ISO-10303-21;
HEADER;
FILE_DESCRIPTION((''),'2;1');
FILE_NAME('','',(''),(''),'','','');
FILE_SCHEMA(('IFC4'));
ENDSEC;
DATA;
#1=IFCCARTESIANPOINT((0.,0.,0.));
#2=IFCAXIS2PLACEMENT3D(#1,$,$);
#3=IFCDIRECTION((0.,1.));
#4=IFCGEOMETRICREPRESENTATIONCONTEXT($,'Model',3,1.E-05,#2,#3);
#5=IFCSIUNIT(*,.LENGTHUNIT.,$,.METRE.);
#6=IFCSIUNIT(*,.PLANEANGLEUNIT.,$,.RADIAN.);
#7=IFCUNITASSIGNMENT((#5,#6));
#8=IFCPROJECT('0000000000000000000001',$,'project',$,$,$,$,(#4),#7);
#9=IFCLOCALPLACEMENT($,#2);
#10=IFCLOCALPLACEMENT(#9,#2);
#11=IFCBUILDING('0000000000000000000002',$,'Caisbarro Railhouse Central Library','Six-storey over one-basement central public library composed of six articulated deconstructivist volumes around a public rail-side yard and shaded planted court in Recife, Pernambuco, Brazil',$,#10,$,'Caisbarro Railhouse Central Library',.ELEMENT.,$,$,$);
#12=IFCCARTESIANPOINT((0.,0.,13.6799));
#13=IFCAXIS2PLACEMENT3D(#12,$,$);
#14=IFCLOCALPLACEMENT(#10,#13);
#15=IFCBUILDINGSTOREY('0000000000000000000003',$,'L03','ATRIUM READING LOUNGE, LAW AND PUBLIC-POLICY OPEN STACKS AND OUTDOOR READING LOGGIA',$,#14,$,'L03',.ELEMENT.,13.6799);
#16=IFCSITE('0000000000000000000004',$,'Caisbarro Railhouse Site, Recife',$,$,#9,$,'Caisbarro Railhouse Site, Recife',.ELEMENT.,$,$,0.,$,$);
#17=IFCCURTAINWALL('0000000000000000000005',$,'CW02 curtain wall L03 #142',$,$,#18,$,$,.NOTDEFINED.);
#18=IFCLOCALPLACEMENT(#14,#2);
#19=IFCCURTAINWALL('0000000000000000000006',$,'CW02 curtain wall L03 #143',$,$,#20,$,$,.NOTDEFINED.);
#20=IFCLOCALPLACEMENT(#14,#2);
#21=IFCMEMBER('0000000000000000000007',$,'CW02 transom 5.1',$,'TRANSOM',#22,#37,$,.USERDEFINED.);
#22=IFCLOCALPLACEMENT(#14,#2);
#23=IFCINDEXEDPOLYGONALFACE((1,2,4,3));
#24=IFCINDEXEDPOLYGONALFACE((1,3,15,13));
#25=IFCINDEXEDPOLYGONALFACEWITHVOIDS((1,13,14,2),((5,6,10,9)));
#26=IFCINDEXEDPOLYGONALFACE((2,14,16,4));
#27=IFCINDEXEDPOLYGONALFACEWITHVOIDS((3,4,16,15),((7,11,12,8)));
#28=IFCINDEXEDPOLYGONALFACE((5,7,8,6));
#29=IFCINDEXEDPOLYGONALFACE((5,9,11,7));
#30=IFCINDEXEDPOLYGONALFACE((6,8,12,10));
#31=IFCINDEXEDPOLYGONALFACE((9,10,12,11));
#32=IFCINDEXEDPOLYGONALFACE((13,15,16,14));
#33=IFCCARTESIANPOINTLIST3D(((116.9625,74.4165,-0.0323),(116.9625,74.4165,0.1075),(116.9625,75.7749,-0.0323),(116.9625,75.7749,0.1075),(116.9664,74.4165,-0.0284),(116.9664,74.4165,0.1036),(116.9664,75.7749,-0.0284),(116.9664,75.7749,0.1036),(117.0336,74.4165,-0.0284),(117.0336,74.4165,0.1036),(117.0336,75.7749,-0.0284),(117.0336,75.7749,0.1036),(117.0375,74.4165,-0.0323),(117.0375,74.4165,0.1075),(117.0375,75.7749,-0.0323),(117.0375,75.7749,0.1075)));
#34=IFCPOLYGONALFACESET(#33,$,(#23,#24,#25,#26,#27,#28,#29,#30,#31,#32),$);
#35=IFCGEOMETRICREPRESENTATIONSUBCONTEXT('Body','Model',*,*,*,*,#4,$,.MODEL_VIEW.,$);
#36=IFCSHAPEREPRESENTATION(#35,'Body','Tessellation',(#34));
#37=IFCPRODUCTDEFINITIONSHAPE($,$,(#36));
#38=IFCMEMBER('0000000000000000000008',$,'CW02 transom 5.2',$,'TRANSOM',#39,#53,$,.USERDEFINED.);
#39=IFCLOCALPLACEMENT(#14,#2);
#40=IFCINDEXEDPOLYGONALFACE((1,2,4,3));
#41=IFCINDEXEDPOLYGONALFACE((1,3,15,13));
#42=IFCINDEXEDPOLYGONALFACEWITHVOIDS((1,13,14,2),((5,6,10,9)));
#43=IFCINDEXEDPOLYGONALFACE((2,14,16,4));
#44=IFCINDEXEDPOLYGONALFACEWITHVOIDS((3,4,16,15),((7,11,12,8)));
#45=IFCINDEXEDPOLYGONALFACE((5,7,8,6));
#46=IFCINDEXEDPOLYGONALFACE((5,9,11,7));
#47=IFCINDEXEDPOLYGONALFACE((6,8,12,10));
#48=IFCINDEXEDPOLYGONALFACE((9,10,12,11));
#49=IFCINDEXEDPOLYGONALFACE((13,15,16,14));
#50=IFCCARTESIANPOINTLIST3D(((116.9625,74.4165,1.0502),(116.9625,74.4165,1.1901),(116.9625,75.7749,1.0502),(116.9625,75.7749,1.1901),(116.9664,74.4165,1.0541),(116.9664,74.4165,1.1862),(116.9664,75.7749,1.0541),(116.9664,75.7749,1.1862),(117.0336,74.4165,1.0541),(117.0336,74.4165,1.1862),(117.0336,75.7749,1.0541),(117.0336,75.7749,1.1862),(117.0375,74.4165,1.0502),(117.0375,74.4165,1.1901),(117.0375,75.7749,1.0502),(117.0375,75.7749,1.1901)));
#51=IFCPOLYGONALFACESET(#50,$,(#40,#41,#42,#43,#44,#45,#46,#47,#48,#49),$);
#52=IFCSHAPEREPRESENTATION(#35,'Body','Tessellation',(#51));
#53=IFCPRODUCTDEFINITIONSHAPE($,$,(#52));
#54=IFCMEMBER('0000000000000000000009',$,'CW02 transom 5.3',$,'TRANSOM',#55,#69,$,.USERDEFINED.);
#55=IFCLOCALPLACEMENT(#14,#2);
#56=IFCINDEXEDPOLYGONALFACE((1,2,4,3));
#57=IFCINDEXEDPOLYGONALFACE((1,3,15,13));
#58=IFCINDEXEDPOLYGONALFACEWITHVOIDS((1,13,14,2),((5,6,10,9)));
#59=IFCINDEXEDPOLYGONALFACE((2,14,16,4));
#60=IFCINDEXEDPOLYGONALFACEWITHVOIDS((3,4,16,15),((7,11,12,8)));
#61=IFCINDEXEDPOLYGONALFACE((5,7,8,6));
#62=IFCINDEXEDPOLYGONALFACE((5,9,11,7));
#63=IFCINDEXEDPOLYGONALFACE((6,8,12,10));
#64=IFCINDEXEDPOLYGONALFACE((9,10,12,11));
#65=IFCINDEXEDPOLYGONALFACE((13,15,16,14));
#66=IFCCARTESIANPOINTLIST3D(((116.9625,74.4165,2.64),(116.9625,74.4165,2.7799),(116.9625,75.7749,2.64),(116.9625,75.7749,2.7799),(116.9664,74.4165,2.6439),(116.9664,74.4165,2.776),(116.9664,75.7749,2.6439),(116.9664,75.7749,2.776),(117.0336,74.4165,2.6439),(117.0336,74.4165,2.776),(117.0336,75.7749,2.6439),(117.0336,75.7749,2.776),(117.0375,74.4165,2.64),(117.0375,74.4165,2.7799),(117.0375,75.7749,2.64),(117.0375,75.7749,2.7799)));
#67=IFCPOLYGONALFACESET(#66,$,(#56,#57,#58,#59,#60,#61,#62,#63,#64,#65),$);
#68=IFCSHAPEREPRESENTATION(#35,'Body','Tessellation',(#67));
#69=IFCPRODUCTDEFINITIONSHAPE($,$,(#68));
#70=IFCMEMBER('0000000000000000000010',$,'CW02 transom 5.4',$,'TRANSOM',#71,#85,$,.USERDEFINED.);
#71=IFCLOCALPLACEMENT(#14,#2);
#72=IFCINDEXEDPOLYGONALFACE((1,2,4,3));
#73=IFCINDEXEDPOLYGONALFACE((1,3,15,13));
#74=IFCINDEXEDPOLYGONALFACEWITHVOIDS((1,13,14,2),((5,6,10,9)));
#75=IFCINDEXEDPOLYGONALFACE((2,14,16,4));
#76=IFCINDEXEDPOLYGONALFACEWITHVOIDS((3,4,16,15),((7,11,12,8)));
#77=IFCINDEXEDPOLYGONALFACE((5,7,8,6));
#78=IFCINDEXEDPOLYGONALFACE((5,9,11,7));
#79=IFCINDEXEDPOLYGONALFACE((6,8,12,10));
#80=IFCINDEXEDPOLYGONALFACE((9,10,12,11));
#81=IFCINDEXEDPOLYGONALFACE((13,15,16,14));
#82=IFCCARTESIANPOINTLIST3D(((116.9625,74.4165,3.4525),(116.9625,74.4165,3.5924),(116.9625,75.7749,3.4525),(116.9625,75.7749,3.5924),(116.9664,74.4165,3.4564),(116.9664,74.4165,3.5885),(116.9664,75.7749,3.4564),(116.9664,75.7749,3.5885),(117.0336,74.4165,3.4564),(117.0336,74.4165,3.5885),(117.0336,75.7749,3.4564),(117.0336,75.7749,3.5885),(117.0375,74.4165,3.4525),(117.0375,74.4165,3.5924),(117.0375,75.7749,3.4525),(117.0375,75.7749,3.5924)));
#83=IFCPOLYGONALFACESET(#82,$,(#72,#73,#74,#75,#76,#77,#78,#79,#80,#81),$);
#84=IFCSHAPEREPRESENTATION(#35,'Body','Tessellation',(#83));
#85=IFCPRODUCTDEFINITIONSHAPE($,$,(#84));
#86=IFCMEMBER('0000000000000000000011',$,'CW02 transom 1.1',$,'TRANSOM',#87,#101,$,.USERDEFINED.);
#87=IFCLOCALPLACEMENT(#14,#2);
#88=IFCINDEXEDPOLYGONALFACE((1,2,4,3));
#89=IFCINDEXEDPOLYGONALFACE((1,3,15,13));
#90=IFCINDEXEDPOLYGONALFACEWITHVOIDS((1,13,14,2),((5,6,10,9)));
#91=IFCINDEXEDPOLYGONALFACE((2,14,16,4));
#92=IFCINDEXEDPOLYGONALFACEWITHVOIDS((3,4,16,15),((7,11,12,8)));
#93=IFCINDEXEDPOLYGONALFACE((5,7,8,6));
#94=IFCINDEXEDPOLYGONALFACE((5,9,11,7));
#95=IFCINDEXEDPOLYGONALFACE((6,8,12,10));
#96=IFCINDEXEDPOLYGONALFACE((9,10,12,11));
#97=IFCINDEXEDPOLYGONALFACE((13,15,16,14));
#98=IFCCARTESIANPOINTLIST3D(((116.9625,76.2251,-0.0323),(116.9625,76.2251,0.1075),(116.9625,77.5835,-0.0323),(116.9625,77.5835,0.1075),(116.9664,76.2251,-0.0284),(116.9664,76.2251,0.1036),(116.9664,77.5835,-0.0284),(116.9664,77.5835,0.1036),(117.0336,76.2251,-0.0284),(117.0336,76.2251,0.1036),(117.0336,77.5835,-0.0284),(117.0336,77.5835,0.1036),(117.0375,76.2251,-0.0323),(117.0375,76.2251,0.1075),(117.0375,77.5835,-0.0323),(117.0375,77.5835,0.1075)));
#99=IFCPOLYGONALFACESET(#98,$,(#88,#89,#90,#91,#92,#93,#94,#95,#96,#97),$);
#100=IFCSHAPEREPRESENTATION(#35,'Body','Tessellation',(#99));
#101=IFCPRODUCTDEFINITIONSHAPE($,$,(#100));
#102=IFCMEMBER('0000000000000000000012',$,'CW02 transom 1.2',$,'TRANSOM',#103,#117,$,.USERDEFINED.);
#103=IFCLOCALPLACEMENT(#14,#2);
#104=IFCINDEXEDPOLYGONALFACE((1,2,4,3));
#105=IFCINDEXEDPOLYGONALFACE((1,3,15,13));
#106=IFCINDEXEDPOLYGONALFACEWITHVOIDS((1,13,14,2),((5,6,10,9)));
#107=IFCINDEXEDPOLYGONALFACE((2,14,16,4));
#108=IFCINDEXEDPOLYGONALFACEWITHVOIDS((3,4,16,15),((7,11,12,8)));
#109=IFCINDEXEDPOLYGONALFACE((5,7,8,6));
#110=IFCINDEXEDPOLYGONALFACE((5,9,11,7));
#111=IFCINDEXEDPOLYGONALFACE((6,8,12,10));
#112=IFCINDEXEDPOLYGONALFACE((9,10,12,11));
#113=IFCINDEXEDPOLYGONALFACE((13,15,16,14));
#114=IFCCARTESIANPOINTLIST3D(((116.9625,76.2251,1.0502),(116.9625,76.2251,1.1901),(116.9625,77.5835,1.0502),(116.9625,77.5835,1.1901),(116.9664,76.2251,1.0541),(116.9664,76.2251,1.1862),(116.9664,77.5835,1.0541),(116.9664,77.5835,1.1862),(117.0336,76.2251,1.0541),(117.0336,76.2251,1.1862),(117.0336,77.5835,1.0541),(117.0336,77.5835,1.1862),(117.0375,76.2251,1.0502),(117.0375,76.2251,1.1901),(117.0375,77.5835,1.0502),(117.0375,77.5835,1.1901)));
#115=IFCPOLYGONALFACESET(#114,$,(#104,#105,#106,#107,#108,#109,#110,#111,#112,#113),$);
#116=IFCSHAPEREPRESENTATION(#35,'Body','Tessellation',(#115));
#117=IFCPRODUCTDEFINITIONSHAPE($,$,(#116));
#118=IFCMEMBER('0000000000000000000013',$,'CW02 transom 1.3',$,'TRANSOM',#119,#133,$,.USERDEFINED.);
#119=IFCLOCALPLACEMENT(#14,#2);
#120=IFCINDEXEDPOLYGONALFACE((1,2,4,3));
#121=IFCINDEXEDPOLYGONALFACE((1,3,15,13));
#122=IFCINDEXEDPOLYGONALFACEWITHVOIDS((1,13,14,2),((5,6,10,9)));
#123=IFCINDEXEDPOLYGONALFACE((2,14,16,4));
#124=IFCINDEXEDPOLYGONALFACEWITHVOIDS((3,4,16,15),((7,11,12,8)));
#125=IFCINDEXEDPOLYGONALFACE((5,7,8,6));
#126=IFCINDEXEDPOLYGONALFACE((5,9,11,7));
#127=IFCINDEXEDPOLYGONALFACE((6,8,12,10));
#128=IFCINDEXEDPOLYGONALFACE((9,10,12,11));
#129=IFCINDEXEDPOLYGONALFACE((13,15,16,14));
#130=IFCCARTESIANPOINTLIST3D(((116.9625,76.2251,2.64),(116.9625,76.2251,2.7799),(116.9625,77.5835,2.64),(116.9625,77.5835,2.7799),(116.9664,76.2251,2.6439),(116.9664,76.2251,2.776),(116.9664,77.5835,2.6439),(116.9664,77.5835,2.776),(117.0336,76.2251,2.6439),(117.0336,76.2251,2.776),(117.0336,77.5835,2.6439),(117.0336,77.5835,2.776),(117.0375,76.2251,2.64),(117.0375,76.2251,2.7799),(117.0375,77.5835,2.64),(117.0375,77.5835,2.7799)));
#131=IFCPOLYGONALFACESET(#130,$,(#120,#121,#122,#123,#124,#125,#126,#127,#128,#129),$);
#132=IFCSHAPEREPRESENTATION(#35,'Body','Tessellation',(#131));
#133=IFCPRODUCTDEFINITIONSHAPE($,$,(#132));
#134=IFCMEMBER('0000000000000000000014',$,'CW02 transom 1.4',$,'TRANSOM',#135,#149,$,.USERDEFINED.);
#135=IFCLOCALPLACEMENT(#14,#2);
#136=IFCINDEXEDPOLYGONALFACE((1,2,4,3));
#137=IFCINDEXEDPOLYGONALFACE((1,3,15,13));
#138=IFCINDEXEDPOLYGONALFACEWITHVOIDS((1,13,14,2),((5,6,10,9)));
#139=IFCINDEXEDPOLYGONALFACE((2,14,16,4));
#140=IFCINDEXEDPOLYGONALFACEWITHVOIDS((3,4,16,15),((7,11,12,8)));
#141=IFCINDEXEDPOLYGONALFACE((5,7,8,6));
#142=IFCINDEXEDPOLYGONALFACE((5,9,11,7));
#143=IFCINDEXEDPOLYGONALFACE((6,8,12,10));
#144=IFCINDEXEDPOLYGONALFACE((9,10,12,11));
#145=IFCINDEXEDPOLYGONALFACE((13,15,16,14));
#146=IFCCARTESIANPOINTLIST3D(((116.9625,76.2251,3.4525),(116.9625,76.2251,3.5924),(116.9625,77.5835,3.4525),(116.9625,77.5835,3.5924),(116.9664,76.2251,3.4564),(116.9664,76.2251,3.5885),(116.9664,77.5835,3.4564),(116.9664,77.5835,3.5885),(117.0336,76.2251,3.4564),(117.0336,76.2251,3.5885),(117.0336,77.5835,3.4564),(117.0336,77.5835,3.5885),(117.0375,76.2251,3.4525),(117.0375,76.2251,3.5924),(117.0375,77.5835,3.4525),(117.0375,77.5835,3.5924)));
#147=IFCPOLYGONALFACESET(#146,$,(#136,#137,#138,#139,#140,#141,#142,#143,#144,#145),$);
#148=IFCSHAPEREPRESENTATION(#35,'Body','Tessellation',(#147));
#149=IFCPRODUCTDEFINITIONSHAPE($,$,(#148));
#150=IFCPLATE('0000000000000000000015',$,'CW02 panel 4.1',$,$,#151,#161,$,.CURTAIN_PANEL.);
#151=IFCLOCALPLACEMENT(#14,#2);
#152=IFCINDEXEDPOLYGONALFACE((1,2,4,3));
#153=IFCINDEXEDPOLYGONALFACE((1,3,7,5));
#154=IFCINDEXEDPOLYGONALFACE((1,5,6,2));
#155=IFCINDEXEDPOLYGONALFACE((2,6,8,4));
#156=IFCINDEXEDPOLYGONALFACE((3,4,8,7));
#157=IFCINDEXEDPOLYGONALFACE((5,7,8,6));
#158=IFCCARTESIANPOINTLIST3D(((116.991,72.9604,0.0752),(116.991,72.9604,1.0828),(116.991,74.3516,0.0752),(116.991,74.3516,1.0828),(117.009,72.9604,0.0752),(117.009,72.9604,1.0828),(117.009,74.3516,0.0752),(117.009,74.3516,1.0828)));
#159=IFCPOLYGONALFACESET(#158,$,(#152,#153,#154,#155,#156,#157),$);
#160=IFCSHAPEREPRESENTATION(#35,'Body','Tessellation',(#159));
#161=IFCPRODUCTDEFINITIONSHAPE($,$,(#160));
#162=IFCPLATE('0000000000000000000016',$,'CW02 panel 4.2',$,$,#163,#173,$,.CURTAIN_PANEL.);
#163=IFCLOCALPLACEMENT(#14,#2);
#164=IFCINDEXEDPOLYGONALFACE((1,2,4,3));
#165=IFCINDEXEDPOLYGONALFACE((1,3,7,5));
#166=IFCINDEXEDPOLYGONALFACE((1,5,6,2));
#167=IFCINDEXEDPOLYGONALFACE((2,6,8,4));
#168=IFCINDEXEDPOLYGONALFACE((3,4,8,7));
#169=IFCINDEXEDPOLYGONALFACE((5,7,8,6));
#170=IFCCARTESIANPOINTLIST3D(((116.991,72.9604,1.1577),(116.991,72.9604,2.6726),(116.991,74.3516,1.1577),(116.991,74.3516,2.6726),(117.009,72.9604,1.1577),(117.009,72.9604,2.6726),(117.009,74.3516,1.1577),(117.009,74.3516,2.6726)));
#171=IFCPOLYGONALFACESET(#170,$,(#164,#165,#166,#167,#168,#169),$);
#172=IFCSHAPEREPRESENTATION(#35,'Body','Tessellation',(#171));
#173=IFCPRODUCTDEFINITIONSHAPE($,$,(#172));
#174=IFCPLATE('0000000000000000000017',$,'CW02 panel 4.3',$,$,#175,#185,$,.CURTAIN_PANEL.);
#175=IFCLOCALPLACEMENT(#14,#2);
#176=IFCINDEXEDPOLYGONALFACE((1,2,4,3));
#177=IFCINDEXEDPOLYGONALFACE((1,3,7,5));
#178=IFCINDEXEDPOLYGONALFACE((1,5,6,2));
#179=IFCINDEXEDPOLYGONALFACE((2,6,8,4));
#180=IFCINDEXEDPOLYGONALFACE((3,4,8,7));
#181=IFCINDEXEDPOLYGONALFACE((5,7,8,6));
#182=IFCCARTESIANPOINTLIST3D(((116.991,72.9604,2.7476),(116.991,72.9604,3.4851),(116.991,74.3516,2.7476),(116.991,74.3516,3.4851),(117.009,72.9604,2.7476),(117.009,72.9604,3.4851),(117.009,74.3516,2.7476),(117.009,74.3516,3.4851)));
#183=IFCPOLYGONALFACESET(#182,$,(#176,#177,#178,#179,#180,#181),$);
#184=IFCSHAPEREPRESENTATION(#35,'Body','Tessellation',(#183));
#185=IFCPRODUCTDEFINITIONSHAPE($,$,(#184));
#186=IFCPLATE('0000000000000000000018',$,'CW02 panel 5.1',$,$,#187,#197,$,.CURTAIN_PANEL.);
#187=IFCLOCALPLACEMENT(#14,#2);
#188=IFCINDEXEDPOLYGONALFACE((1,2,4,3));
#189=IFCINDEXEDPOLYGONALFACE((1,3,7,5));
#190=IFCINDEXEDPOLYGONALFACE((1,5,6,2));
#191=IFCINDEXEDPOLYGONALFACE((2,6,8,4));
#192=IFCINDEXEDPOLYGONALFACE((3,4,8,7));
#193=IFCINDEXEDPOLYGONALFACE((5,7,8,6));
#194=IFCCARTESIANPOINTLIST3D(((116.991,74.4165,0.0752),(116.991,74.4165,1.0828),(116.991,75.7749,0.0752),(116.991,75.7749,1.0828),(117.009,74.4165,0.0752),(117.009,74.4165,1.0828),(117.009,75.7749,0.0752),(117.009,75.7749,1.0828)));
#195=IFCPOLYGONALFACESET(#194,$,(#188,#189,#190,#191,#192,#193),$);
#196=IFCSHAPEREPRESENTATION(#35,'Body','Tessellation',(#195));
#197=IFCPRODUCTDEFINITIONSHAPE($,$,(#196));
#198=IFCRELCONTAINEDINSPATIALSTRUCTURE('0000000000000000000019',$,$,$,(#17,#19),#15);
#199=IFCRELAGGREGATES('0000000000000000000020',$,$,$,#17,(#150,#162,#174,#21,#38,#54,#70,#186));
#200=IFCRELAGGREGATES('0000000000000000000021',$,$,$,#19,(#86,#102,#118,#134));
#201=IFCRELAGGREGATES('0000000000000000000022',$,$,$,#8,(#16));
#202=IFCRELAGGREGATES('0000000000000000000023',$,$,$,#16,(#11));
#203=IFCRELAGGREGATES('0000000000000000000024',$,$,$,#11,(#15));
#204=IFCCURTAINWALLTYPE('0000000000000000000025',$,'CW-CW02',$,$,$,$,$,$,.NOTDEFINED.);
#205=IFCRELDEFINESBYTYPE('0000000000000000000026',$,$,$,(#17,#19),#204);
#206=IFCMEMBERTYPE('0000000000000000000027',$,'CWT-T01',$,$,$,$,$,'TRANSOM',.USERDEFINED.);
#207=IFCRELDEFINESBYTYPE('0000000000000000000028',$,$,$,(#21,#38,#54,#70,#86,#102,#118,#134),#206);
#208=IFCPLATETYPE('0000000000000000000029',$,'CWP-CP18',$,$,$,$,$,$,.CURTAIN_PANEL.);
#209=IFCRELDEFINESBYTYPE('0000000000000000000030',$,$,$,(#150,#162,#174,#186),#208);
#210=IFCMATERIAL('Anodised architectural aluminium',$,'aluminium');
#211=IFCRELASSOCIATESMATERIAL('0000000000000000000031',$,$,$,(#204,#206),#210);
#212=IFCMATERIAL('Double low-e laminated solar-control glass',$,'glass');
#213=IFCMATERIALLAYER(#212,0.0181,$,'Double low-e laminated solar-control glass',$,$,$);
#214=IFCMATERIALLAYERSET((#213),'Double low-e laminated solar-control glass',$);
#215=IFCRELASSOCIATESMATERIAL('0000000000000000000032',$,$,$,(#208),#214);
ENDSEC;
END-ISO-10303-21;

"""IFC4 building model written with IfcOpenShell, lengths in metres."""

from ifc_helpers import new_model, si_unit, direction, frame, origin, origin_2d, place, context, subcontext, project, spatial, rectangle, hollow_rectangle, extrude, material, layer, layer_set, material_profile, profile_set, type_object, element, aggregate, save


model = new_model("IFC4")

# Units and contexts
model_context = context("Model", 3, precision=1e-05, world=origin(), true_north=direction((0.0, 1.0)))
body_context = subcontext(model_context, "Body", "Model", "MODEL_VIEW")
ifc_project = project(units=[si_unit("LENGTHUNIT", "METRE"), si_unit("PLANEANGLEUNIT", "RADIAN")], contexts=[model_context])

# Site, building, storey
site_placement = place(None, origin())
site = spatial("IfcSite", under=ifc_project, at=site_placement, Name="Caisbarro Railhouse Site, Recife", LongName="Caisbarro Railhouse Site, Recife", CompositionType="ELEMENT", RefElevation=0.0)
building_placement = place(site_placement, origin())
building = spatial("IfcBuilding", under=site, at=building_placement, Name="Caisbarro Railhouse Central Library", Description="Six-storey over one-basement central public library composed of six articulated deconstructivist volumes around a public rail-side yard and shaded planted court in Recife, Pernambuco, Brazil", LongName="Caisbarro Railhouse Central Library", CompositionType="ELEMENT")
storey_placement = place(building_placement, frame((0.0, 0.0, 13.6799)))
storey = spatial("IfcBuildingStorey", under=building, at=storey_placement, Name="L03", Description="ATRIUM READING LOUNGE, LAW AND PUBLIC-POLICY OPEN STACKS AND OUTDOOR READING LOGGIA", LongName="L03", CompositionType="ELEMENT", Elevation=13.6799)

# Curtain wall
ifc_material_1 = material(Name="Anodised architectural aluminium", Category="aluminium")
curtain_wall_type = type_object("IfcCurtainWallType", Name="CW-CW02", PredefinedType="NOTDEFINED", material=ifc_material_1)
curtain_wall_1_placement = place(storey_placement, origin())
curtain_wall_1 = element("IfcCurtainWall", 1, at=curtain_wall_1_placement, inside=storey, type_object=curtain_wall_type, Name="CW02 curtain wall L03 #142", PredefinedType="NOTDEFINED")

# Curtain wall
curtain_wall_2_placement = place(storey_placement, origin())
curtain_wall_2 = element("IfcCurtainWall", 2, at=curtain_wall_2_placement, inside=storey, type_object=curtain_wall_type, Name="CW02 curtain wall L03 #143", PredefinedType="NOTDEFINED")

# Members
ifc_material_profile_1 = material_profile(ifc_material_1, hollow_rectangle(XDim=0.075, YDim=0.1399, WallThickness=0.0039, at=origin_2d()), Name="ALU-TRN-75X140")
ifc_profile_set_1 = profile_set([ifc_material_profile_1], Name="Anodised architectural aluminium")
member_type_1 = type_object("IfcMemberType", Name="CWT-T01", ElementType="TRANSOM", PredefinedType="USERDEFINED", material=ifc_profile_set_1)
member_1_placement = place(storey_placement, frame((117.0, 74.4165, 0.0376), z_axis=(0.0, 1.0, 0.0), x_axis=(-1.0, 0.0, 0.0)))
member_1 = element("IfcMember", 3, at=member_1_placement, type_object=member_type_1, Name="CW02 transom 5.1", ObjectType="TRANSOM", PredefinedType="USERDEFINED", context=body_context, shape_type="SweptSolid", body=[
    extrude(hollow_rectangle(XDim=0.075, YDim=0.1399, WallThickness=0.0039, at=origin_2d()), origin(), (0.0, 0.0, 1.0), 1.3584),
])
member_2_placement = place(storey_placement, frame((117.0, 74.4165, 1.1201), z_axis=(0.0, 1.0, 0.0), x_axis=(-1.0, 0.0, 0.0)))
member_2 = element("IfcMember", 4, at=member_2_placement, type_object=member_type_1, Name="CW02 transom 5.2", ObjectType="TRANSOM", PredefinedType="USERDEFINED", context=body_context, shape_type="SweptSolid", body=[
    extrude(hollow_rectangle(XDim=0.075, YDim=0.1399, WallThickness=0.0039, at=origin_2d()), origin(), (0.0, 0.0, 1.0), 1.3584),
])
member_3_placement = place(storey_placement, frame((117.0, 74.4165, 2.71), z_axis=(0.0, 1.0, 0.0), x_axis=(-1.0, 0.0, 0.0)))
member_3 = element("IfcMember", 5, at=member_3_placement, type_object=member_type_1, Name="CW02 transom 5.3", ObjectType="TRANSOM", PredefinedType="USERDEFINED", context=body_context, shape_type="SweptSolid", body=[
    extrude(hollow_rectangle(XDim=0.075, YDim=0.1399, WallThickness=0.0039, at=origin_2d()), origin(), (0.0, 0.0, 1.0), 1.3584),
])
member_4_placement = place(storey_placement, frame((117.0, 74.4165, 3.5225), z_axis=(0.0, 1.0, 0.0), x_axis=(-1.0, 0.0, 0.0)))
member_4 = element("IfcMember", 6, at=member_4_placement, type_object=member_type_1, Name="CW02 transom 5.4", ObjectType="TRANSOM", PredefinedType="USERDEFINED", context=body_context, shape_type="SweptSolid", body=[
    extrude(hollow_rectangle(XDim=0.075, YDim=0.1399, WallThickness=0.0039, at=origin_2d()), origin(), (0.0, 0.0, 1.0), 1.3584),
])
member_5_placement = place(storey_placement, frame((117.0, 76.2251, 0.0376), z_axis=(0.0, 1.0, 0.0), x_axis=(-1.0, 0.0, 0.0)))
member_5 = element("IfcMember", 7, at=member_5_placement, type_object=member_type_1, Name="CW02 transom 1.1", ObjectType="TRANSOM", PredefinedType="USERDEFINED", context=body_context, shape_type="SweptSolid", body=[
    extrude(hollow_rectangle(XDim=0.075, YDim=0.1399, WallThickness=0.0039, at=origin_2d()), origin(), (0.0, 0.0, 1.0), 1.3584),
])
member_6_placement = place(storey_placement, frame((117.0, 76.2251, 1.1201), z_axis=(0.0, 1.0, 0.0), x_axis=(-1.0, 0.0, 0.0)))
member_6 = element("IfcMember", 8, at=member_6_placement, type_object=member_type_1, Name="CW02 transom 1.2", ObjectType="TRANSOM", PredefinedType="USERDEFINED", context=body_context, shape_type="SweptSolid", body=[
    extrude(hollow_rectangle(XDim=0.075, YDim=0.1399, WallThickness=0.0039, at=origin_2d()), origin(), (0.0, 0.0, 1.0), 1.3584),
])
member_7_placement = place(storey_placement, frame((117.0, 76.2251, 2.71), z_axis=(0.0, 1.0, 0.0), x_axis=(-1.0, 0.0, 0.0)))
member_7 = element("IfcMember", 9, at=member_7_placement, type_object=member_type_1, Name="CW02 transom 1.3", ObjectType="TRANSOM", PredefinedType="USERDEFINED", context=body_context, shape_type="SweptSolid", body=[
    extrude(hollow_rectangle(XDim=0.075, YDim=0.1399, WallThickness=0.0039, at=origin_2d()), origin(), (0.0, 0.0, 1.0), 1.3584),
])
member_8_placement = place(storey_placement, frame((117.0, 76.2251, 3.5225), z_axis=(0.0, 1.0, 0.0), x_axis=(-1.0, 0.0, 0.0)))
member_8 = element("IfcMember", 10, at=member_8_placement, type_object=member_type_1, Name="CW02 transom 1.4", ObjectType="TRANSOM", PredefinedType="USERDEFINED", context=body_context, shape_type="SweptSolid", body=[
    extrude(hollow_rectangle(XDim=0.075, YDim=0.1399, WallThickness=0.0039, at=origin_2d()), origin(), (0.0, 0.0, 1.0), 1.3584),
])

# Plates
ifc_material_2 = material(Name="Double low-e laminated solar-control glass", Category="glass")
ifc_layer_1 = layer(ifc_material_2, 0.0181, Name="Double low-e laminated solar-control glass")
ifc_layer_set_1 = layer_set([ifc_layer_1], Name="Double low-e laminated solar-control glass")
plate_type_1 = type_object("IfcPlateType", Name="CWP-CP18", PredefinedType="CURTAIN_PANEL", material=ifc_layer_set_1)
plate_1_placement = place(storey_placement, frame((117.0, 73.656, 0.0752), z_axis=(0.0, 0.0, 1.0), x_axis=(0.0, 1.0, 0.0)))
plate_1 = element("IfcPlate", 11, at=plate_1_placement, type_object=plate_type_1, Name="CW02 panel 4.1", PredefinedType="CURTAIN_PANEL", context=body_context, shape_type="SweptSolid", body=[
    extrude(rectangle(XDim=1.3911, YDim=0.0181, at=origin_2d()), origin(), (0.0, 0.0, 1.0), 1.0076),
])
plate_2_placement = place(storey_placement, frame((117.0, 73.656, 1.1577), z_axis=(0.0, 0.0, 1.0), x_axis=(0.0, 1.0, 0.0)))
plate_2 = element("IfcPlate", 12, at=plate_2_placement, type_object=plate_type_1, Name="CW02 panel 4.2", PredefinedType="CURTAIN_PANEL", context=body_context, shape_type="SweptSolid", body=[
    extrude(rectangle(XDim=1.3911, YDim=0.0181, at=origin_2d()), origin(), (0.0, 0.0, 1.0), 1.5149),
])
plate_3_placement = place(storey_placement, frame((117.0, 73.656, 2.7476), z_axis=(0.0, 0.0, 1.0), x_axis=(0.0, 1.0, 0.0)))
plate_3 = element("IfcPlate", 13, at=plate_3_placement, type_object=plate_type_1, Name="CW02 panel 4.3", PredefinedType="CURTAIN_PANEL", context=body_context, shape_type="SweptSolid", body=[
    extrude(rectangle(XDim=1.3911, YDim=0.0181, at=origin_2d()), origin(), (0.0, 0.0, 1.0), 0.7375),
])
plate_4_placement = place(storey_placement, frame((117.0, 75.0957, 0.0752), z_axis=(0.0, 0.0, 1.0), x_axis=(0.0, 1.0, 0.0)))
plate_4 = element("IfcPlate", 14, at=plate_4_placement, type_object=plate_type_1, Name="CW02 panel 5.1", PredefinedType="CURTAIN_PANEL", context=body_context, shape_type="SweptSolid", body=[
    extrude(rectangle(XDim=1.3584, YDim=0.0181, at=origin_2d()), origin(), (0.0, 0.0, 1.0), 1.0076),
])
aggregate(curtain_wall_1, [plate_1, plate_2, plate_3, member_1, member_2, member_3, member_4, plate_4])
aggregate(curtain_wall_2, [member_5, member_6, member_7, member_8])

save(model, "model.ifc")
